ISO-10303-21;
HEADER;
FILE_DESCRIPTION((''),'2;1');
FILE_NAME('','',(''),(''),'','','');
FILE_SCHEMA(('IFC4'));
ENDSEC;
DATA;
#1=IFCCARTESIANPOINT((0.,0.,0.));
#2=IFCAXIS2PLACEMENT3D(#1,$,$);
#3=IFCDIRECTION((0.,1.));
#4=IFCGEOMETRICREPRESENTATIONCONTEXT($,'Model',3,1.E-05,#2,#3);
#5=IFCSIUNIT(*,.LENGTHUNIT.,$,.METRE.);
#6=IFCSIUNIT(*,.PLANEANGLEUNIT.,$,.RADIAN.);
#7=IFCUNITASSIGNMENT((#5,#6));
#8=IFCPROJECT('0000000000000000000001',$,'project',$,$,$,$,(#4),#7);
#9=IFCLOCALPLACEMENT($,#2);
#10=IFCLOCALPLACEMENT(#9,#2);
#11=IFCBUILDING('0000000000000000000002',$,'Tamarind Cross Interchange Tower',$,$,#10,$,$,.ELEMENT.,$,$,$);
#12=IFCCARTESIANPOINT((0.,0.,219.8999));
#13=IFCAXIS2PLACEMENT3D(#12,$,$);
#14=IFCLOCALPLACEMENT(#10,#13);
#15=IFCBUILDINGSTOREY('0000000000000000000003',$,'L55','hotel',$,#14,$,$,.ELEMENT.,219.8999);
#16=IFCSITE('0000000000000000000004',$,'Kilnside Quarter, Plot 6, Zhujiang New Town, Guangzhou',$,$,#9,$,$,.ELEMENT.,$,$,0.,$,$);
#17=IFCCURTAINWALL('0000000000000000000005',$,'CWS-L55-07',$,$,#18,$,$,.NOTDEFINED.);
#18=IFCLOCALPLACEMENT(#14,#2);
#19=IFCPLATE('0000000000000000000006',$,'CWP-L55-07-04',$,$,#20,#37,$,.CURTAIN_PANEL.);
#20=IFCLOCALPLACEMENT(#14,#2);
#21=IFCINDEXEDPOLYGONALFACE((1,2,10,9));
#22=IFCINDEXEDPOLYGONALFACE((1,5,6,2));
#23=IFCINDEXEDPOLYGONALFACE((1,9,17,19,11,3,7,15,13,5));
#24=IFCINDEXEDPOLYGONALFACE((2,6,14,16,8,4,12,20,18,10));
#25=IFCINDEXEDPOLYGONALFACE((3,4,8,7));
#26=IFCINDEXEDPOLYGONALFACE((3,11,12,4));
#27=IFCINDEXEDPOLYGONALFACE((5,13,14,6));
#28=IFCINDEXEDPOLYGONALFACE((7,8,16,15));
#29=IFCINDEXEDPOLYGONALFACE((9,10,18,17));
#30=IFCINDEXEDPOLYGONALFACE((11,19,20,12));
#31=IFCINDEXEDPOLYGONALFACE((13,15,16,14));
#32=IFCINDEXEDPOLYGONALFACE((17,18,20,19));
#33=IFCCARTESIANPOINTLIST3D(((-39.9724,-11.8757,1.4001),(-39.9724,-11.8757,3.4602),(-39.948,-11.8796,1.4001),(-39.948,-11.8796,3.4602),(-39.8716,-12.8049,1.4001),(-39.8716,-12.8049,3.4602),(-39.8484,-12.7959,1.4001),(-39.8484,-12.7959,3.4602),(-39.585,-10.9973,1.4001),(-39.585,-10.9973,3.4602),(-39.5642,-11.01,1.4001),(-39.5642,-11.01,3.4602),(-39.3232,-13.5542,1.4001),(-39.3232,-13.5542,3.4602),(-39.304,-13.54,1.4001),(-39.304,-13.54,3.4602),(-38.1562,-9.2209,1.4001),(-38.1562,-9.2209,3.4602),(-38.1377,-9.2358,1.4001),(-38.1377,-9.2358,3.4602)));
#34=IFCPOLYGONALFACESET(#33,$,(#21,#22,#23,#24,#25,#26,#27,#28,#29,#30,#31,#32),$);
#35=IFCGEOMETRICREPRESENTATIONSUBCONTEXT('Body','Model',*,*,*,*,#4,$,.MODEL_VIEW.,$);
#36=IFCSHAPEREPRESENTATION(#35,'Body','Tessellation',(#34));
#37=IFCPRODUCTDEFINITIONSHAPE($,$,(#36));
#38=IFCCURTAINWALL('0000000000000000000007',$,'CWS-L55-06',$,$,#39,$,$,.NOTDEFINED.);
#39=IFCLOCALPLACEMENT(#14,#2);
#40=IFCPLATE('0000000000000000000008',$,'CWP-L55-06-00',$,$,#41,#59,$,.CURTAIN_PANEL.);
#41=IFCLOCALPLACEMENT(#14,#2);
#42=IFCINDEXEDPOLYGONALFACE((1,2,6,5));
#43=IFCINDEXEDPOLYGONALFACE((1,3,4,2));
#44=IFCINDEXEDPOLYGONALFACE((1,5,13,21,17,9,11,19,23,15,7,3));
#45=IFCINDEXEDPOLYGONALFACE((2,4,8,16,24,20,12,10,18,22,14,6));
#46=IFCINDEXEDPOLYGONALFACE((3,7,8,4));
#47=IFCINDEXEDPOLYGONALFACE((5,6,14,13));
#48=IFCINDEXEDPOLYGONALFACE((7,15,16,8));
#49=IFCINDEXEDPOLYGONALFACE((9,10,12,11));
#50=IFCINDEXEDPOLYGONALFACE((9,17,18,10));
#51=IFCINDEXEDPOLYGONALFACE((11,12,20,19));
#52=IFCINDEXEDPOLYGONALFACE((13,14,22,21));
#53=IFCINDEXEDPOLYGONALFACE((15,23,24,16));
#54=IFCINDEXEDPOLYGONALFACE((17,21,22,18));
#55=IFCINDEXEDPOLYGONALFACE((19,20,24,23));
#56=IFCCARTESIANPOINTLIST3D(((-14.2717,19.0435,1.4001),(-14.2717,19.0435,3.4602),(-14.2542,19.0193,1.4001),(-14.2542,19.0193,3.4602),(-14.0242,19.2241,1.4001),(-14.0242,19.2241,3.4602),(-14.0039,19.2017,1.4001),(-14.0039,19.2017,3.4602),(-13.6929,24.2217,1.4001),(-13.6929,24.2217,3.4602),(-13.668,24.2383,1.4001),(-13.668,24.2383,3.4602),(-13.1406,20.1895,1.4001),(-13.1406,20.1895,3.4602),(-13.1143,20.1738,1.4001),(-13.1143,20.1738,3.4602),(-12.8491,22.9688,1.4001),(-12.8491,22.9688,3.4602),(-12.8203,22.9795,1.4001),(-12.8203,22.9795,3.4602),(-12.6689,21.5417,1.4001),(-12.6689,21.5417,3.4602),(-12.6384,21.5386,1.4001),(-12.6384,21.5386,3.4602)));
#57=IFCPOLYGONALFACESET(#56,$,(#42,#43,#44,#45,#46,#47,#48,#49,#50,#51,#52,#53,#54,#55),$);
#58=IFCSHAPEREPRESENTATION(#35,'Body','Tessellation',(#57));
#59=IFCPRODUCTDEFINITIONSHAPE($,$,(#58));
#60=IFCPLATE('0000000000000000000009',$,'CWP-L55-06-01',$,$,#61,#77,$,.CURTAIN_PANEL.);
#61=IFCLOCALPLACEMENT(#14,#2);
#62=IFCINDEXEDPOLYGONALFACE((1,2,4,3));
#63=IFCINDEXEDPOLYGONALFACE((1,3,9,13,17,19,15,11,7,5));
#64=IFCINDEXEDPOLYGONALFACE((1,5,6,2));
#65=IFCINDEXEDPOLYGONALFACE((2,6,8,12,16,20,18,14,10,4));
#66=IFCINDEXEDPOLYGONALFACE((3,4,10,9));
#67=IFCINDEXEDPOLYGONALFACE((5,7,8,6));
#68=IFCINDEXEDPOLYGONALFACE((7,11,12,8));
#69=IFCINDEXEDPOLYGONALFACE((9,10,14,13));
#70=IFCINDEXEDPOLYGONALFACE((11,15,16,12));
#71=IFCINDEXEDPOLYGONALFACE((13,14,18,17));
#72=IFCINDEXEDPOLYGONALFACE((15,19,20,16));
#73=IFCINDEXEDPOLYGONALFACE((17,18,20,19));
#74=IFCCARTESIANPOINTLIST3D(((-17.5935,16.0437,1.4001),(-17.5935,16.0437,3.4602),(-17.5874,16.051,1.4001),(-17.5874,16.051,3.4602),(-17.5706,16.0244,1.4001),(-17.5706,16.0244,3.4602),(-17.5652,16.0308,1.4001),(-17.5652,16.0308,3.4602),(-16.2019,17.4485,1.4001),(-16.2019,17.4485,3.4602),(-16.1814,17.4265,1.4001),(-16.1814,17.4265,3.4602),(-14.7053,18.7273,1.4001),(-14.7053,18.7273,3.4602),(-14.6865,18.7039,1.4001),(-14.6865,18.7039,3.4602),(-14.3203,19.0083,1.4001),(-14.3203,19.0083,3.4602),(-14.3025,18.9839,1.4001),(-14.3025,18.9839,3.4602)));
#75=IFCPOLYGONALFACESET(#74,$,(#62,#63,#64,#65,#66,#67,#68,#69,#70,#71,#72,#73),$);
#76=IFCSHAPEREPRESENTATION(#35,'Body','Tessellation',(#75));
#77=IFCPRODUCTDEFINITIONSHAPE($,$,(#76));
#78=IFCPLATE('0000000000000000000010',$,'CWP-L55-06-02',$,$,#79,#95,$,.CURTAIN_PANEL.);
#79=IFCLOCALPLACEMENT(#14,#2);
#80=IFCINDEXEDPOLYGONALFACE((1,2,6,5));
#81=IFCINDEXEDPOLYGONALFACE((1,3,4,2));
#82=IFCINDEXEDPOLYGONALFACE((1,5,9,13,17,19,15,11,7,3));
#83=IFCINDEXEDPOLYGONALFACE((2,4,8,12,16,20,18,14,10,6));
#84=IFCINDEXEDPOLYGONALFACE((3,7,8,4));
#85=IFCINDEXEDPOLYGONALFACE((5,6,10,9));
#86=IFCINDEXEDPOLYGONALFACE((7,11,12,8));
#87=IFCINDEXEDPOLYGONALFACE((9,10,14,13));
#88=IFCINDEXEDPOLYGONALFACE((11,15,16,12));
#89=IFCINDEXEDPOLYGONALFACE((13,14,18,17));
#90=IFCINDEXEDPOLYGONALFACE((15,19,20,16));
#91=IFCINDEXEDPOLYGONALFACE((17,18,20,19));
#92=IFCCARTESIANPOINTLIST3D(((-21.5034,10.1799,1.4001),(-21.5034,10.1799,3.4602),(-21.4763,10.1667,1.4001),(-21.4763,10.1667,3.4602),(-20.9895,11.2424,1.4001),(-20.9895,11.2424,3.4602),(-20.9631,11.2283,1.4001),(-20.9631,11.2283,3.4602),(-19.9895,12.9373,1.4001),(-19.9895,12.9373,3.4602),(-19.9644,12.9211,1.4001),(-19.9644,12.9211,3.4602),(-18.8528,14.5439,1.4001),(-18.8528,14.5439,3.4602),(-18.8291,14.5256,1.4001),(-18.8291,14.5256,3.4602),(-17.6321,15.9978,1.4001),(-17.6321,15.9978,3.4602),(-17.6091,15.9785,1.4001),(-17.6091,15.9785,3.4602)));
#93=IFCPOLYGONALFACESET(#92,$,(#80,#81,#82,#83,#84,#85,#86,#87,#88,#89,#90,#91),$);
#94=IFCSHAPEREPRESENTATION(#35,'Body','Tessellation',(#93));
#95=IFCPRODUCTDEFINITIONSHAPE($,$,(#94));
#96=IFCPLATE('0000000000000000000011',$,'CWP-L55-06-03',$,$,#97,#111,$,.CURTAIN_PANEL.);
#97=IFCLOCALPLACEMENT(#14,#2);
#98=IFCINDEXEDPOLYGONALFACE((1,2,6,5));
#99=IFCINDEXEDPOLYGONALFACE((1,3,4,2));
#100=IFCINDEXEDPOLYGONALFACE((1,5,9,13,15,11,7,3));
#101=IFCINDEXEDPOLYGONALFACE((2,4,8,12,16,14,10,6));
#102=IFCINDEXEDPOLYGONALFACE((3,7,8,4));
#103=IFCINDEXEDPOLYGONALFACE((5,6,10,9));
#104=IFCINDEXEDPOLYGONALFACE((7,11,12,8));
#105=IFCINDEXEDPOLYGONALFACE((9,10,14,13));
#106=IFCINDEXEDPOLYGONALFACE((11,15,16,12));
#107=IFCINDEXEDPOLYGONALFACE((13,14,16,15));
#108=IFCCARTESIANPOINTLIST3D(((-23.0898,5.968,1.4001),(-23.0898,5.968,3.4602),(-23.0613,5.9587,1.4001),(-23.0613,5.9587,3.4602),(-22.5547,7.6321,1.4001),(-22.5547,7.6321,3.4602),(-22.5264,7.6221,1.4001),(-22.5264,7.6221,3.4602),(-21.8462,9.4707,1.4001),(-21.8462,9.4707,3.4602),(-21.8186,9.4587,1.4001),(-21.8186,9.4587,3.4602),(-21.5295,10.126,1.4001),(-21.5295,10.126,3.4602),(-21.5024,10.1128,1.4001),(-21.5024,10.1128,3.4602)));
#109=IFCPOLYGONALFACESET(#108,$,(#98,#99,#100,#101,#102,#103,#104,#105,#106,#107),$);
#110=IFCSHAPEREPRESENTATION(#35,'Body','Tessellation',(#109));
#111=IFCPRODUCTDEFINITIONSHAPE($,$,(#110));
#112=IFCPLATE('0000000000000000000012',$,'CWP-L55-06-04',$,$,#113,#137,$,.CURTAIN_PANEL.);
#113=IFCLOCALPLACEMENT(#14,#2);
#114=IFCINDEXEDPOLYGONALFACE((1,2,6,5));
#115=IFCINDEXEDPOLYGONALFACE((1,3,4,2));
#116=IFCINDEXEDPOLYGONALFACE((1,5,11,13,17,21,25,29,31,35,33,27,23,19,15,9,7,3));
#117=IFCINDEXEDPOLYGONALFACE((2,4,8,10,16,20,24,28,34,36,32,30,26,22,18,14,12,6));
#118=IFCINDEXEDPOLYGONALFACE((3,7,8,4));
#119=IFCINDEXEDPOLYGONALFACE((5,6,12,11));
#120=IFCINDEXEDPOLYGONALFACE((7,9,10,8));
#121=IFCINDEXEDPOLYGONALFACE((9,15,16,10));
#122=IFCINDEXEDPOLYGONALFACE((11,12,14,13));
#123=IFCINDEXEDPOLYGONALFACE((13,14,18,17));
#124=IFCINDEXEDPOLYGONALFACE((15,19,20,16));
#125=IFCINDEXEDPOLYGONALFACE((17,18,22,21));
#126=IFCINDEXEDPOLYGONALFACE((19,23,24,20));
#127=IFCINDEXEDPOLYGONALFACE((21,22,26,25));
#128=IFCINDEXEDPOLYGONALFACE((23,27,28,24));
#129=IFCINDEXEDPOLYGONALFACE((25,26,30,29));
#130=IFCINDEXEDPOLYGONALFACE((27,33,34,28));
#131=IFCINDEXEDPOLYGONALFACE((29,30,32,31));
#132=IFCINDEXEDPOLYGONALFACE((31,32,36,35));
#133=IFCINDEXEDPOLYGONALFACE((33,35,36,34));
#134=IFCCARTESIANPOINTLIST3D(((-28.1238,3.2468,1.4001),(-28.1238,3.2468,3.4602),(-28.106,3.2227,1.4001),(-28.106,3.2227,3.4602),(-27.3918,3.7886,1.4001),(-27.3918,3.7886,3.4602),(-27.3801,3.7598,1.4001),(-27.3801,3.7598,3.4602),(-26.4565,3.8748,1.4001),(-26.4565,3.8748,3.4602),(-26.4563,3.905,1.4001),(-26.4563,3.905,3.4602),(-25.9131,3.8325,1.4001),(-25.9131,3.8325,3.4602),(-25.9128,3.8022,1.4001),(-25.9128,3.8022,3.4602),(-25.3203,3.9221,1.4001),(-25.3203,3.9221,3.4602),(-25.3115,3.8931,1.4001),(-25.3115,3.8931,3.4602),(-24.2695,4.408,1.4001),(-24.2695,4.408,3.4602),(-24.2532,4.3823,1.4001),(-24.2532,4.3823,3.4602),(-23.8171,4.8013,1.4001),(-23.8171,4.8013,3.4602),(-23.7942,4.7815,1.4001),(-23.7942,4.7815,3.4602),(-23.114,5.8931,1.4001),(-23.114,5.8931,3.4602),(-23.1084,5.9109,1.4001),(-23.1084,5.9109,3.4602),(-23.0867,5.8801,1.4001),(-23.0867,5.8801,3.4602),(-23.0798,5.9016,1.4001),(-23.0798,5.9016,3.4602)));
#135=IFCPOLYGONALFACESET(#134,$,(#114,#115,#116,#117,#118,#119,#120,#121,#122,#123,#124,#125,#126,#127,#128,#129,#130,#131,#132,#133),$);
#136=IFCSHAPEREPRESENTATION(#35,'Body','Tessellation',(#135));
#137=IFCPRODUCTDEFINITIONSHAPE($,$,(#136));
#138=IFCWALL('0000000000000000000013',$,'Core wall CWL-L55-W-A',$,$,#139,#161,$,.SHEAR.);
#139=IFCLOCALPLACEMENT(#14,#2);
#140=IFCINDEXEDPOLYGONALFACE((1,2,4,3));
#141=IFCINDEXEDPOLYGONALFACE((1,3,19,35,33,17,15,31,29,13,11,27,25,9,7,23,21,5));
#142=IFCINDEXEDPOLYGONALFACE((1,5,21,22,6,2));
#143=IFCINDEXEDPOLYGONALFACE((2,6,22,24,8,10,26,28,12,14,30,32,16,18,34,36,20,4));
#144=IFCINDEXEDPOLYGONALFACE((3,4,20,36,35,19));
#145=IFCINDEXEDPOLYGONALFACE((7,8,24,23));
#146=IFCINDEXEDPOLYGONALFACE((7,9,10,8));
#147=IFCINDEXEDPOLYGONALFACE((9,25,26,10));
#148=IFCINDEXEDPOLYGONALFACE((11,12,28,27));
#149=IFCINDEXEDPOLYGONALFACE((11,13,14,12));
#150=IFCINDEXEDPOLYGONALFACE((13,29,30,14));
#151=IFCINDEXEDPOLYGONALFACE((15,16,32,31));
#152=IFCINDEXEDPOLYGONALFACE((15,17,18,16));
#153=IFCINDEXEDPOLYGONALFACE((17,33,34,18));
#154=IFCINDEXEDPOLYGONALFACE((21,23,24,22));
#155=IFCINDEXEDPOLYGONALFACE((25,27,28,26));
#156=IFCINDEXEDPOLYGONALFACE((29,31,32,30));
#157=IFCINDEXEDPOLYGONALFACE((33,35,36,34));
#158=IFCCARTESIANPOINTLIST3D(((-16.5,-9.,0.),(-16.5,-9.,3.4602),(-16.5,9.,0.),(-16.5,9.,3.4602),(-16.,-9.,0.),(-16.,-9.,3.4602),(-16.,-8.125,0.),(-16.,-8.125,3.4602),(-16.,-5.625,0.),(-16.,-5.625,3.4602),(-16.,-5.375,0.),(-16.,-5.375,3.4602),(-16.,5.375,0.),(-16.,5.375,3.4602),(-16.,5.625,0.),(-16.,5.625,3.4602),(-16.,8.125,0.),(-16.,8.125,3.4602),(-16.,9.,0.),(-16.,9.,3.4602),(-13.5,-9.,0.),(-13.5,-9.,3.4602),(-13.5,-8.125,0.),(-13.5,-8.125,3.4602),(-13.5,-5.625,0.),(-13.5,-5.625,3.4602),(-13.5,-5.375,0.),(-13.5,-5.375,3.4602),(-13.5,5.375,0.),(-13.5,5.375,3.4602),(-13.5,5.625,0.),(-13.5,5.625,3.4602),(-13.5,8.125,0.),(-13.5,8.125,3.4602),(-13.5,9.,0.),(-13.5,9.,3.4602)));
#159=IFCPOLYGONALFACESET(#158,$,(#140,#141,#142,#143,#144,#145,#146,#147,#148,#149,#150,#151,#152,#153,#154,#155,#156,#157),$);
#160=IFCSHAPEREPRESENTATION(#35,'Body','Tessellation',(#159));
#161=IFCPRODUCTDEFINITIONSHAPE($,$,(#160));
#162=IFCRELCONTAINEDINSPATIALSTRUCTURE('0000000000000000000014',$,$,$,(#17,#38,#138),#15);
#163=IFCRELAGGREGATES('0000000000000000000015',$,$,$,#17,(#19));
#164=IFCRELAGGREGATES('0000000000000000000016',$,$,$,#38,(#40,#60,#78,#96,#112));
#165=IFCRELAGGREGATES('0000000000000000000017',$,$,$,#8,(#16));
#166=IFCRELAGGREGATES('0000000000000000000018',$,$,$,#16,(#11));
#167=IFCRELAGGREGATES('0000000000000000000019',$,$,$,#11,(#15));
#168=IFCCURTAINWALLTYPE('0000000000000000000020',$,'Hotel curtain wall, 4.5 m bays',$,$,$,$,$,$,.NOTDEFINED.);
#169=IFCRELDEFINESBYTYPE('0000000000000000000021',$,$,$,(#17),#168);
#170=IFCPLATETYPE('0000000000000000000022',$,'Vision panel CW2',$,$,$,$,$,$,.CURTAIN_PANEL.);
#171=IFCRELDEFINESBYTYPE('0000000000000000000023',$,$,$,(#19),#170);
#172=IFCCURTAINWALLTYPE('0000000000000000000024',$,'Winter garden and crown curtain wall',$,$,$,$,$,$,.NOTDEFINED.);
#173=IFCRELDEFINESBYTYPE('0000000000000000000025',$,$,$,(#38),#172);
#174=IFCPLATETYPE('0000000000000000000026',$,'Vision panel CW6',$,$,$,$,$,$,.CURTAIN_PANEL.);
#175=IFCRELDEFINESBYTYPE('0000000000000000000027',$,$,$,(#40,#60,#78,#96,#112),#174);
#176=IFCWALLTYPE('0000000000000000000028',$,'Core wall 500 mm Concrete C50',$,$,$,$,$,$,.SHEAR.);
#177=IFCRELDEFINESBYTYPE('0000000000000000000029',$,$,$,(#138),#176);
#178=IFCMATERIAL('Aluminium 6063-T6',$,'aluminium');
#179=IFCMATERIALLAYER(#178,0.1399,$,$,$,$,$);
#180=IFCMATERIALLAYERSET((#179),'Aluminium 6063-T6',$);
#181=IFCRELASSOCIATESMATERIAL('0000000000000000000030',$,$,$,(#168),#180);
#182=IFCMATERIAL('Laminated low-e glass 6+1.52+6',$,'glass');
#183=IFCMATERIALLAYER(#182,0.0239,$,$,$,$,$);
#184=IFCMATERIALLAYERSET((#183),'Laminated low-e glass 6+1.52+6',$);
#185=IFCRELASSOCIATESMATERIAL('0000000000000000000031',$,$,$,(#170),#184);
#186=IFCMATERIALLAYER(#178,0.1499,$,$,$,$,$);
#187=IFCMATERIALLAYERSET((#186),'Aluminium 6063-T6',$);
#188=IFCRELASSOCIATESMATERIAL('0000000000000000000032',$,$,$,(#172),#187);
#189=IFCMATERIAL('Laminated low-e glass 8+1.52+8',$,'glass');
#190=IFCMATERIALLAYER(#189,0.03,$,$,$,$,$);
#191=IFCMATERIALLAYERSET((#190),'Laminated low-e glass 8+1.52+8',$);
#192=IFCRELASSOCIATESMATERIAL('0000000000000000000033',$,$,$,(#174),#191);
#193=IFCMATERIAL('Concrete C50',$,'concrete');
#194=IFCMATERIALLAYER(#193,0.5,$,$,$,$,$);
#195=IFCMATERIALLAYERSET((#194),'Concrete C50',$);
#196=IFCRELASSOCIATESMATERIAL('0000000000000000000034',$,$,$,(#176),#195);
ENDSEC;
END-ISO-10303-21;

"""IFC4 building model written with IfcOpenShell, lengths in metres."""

from ifc_helpers import new_model, si_unit, direction, frame, origin, place, context, subcontext, project, spatial, polyline, outline, extrude, material, layer, layer_set, type_object, element, aggregate, save


model = new_model("IFC4")

# Units and contexts
model_context = context("Model", 3, precision=1e-05, world=origin(), true_north=direction((0.0, 1.0)))
body_context = subcontext(model_context, "Body", "Model", "MODEL_VIEW")
ifc_project = project(units=[si_unit("LENGTHUNIT", "METRE"), si_unit("PLANEANGLEUNIT", "RADIAN")], contexts=[model_context])

# Site, building, storey
site_placement = place(None, origin())
site = spatial("IfcSite", under=ifc_project, at=site_placement, Name="Kilnside Quarter, Plot 6, Zhujiang New Town, Guangzhou", CompositionType="ELEMENT", RefElevation=0.0)
building_placement = place(site_placement, origin())
building = spatial("IfcBuilding", under=site, at=building_placement, Name="Tamarind Cross Interchange Tower", CompositionType="ELEMENT")
storey_placement = place(building_placement, frame((0.0, 0.0, 219.8999)))
storey = spatial("IfcBuildingStorey", under=building, at=storey_placement, Name="L55", Description="hotel", CompositionType="ELEMENT", Elevation=219.8999)

# Curtain walls, plates
ifc_material_1 = material(Name="Aluminium 6063-T6", Category="aluminium")
ifc_layer_1 = layer(ifc_material_1, 0.1399)
ifc_layer_set_1 = layer_set([ifc_layer_1], Name="Aluminium 6063-T6")
curtain_wall_type_1 = type_object("IfcCurtainWallType", Name="Hotel curtain wall, 4.5 m bays", PredefinedType="NOTDEFINED", material=ifc_layer_set_1)
ifc_material_2 = material(Name="Laminated low-e glass 6+1.52+6", Category="glass")
ifc_layer_2 = layer(ifc_material_2, 0.0239)
ifc_layer_set_2 = layer_set([ifc_layer_2], Name="Laminated low-e glass 6+1.52+6")
plate_type_1 = type_object("IfcPlateType", Name="Vision panel CW2", PredefinedType="CURTAIN_PANEL", material=ifc_layer_set_2)
curtain_wall_1_placement = place(storey_placement, origin())
curtain_wall_1 = element("IfcCurtainWall", 1, at=curtain_wall_1_placement, inside=storey, type_object=curtain_wall_type_1, Name="CWS-L55-07", PredefinedType="NOTDEFINED")
plate_1_placement = place(storey_placement, frame((0.0, 0.0, 1.4001)))
plate_1 = element("IfcPlate", 2, at=plate_1_placement, type_object=plate_type_1, Name="CWP-L55-07-04", PredefinedType="CURTAIN_PANEL", context=body_context, shape_type="SweptSolid", body=[
    extrude(outline(polyline([(-38.1377, -9.2358), (-39.5642, -11.01), (-39.948, -11.8796), (-39.8484, -12.7959), (-39.304, -13.54), (-39.3232, -13.5542), (-39.8716, -12.8049), (-39.9724, -11.8757), (-39.585, -10.9973), (-38.1562, -9.2209), (-38.1377, -9.2358)])), origin(), (0.0, 0.0, 1.0), 2.0601),
])
aggregate(curtain_wall_1, [plate_1])
ifc_layer_3 = layer(ifc_material_1, 0.1499)
ifc_layer_set_3 = layer_set([ifc_layer_3], Name="Aluminium 6063-T6")
curtain_wall_type_2 = type_object("IfcCurtainWallType", Name="Winter garden and crown curtain wall", PredefinedType="NOTDEFINED", material=ifc_layer_set_3)
curtain_wall_2_placement = place(storey_placement, origin())
curtain_wall_2 = element("IfcCurtainWall", 3, at=curtain_wall_2_placement, inside=storey, type_object=curtain_wall_type_2, Name="CWS-L55-06", PredefinedType="NOTDEFINED")
ifc_material_3 = material(Name="Laminated low-e glass 8+1.52+8", Category="glass")
ifc_layer_4 = layer(ifc_material_3, 0.03)
ifc_layer_set_4 = layer_set([ifc_layer_4], Name="Laminated low-e glass 8+1.52+8")
plate_type_2 = type_object("IfcPlateType", Name="Vision panel CW6", PredefinedType="CURTAIN_PANEL", material=ifc_layer_set_4)
plate_2_placement = place(storey_placement, frame((0.0, 0.0, 1.4001)))
plate_2 = element("IfcPlate", 4, at=plate_2_placement, type_object=plate_type_2, Name="CWP-L55-06-00", PredefinedType="CURTAIN_PANEL", context=body_context, shape_type="SweptSolid", body=[
    extrude(outline(polyline([(-13.668, 24.2383), (-12.8203, 22.9795), (-12.6384, 21.5386), (-13.1143, 20.1738), (-14.0039, 19.2017), (-14.2542, 19.0193), (-14.2717, 19.0435), (-14.0242, 19.2241), (-13.1406, 20.1895), (-12.6689, 21.5417), (-12.8491, 22.9688), (-13.6929, 24.2217), (-13.668, 24.2383)])), origin(), (0.0, 0.0, 1.0), 2.0601),
])
plate_3_placement = place(storey_placement, frame((0.0, 0.0, 1.4001)))
plate_3 = element("IfcPlate", 5, at=plate_3_placement, type_object=plate_type_2, Name="CWP-L55-06-01", PredefinedType="CURTAIN_PANEL", context=body_context, shape_type="SweptSolid", body=[
    extrude(outline(polyline([(-14.3025, 18.9839), (-14.6865, 18.7039), (-16.1814, 17.4265), (-17.5652, 16.0308), (-17.5706, 16.0244), (-17.5935, 16.0437), (-17.5874, 16.051), (-16.2019, 17.4485), (-14.7053, 18.7273), (-14.3203, 19.0083), (-14.3025, 18.9839)])), origin(), (0.0, 0.0, 1.0), 2.0601),
])
plate_4_placement = place(storey_placement, frame((0.0, 0.0, 1.4001)))
plate_4 = element("IfcPlate", 6, at=plate_4_placement, type_object=plate_type_2, Name="CWP-L55-06-02", PredefinedType="CURTAIN_PANEL", context=body_context, shape_type="SweptSolid", body=[
    extrude(outline(polyline([(-17.6091, 15.9785), (-18.8291, 14.5256), (-19.9644, 12.9211), (-20.9631, 11.2283), (-21.4763, 10.1667), (-21.5034, 10.1799), (-20.9895, 11.2424), (-19.9895, 12.9373), (-18.8528, 14.5439), (-17.6321, 15.9978), (-17.6091, 15.9785)])), origin(), (0.0, 0.0, 1.0), 2.0601),
])
plate_5_placement = place(storey_placement, frame((0.0, 0.0, 1.4001)))
plate_5 = element("IfcPlate", 7, at=plate_5_placement, type_object=plate_type_2, Name="CWP-L55-06-03", PredefinedType="CURTAIN_PANEL", context=body_context, shape_type="SweptSolid", body=[
    extrude(outline(polyline([(-21.5024, 10.1128), (-21.8186, 9.4587), (-22.5264, 7.6221), (-23.0613, 5.9587), (-23.0898, 5.968), (-22.5547, 7.6321), (-21.8462, 9.4707), (-21.5295, 10.126), (-21.5024, 10.1128)])), origin(), (0.0, 0.0, 1.0), 2.0601),
])
plate_6_placement = place(storey_placement, frame((0.0, 0.0, 1.4001)))
plate_6 = element("IfcPlate", 8, at=plate_6_placement, type_object=plate_type_2, Name="CWP-L55-06-04", PredefinedType="CURTAIN_PANEL", context=body_context, shape_type="SweptSolid", body=[
    extrude(outline(polyline([(-23.0798, 5.9016), (-23.0867, 5.8801), (-23.7942, 4.7815), (-24.2532, 4.3823), (-25.3115, 3.8931), (-25.9128, 3.8022), (-26.4565, 3.8748), (-27.3801, 3.7598), (-28.106, 3.2227), (-28.1238, 3.2468), (-27.3918, 3.7886), (-26.4563, 3.905), (-25.9131, 3.8325), (-25.3203, 3.9221), (-24.2695, 4.408), (-23.8171, 4.8013), (-23.114, 5.8931), (-23.1084, 5.9109), (-23.0798, 5.9016)])), origin(), (0.0, 0.0, 1.0), 2.0601),
])
aggregate(curtain_wall_2, [plate_2, plate_3, plate_4, plate_5, plate_6])

# Wall
ifc_material_4 = material(Name="Concrete C50", Category="concrete")
ifc_layer_5 = layer(ifc_material_4, 0.5)
ifc_layer_set_5 = layer_set([ifc_layer_5], Name="Concrete C50")
wall_type_1 = type_object("IfcWallType", Name="Core wall 500 mm Concrete C50", PredefinedType="SHEAR", material=ifc_layer_set_5)
wall_1_placement = place(storey_placement, origin())
element("IfcWall", 9, at=wall_1_placement, inside=storey, type_object=wall_type_1, Name="Core wall CWL-L55-W-A", PredefinedType="SHEAR", context=body_context, shape_type="SweptSolid", body=[
    extrude(outline(polyline([(-13.5, -8.125), (-16.0, -8.125), (-16.0, -5.625), (-13.5, -5.625), (-13.5, -5.375), (-16.0, -5.375), (-16.0, 5.375), (-13.5, 5.375), (-13.5, 5.625), (-16.0, 5.625), (-16.0, 8.125), (-13.5, 8.125), (-13.5, 9.0), (-16.0, 9.0), (-16.5, 9.0), (-16.5, -9.0), (-16.0, -9.0), (-13.5, -9.0), (-13.5, -8.125)])), origin(), (0.0, 0.0, 1.0), 3.4602),
])

save(model, "model.ifc")
